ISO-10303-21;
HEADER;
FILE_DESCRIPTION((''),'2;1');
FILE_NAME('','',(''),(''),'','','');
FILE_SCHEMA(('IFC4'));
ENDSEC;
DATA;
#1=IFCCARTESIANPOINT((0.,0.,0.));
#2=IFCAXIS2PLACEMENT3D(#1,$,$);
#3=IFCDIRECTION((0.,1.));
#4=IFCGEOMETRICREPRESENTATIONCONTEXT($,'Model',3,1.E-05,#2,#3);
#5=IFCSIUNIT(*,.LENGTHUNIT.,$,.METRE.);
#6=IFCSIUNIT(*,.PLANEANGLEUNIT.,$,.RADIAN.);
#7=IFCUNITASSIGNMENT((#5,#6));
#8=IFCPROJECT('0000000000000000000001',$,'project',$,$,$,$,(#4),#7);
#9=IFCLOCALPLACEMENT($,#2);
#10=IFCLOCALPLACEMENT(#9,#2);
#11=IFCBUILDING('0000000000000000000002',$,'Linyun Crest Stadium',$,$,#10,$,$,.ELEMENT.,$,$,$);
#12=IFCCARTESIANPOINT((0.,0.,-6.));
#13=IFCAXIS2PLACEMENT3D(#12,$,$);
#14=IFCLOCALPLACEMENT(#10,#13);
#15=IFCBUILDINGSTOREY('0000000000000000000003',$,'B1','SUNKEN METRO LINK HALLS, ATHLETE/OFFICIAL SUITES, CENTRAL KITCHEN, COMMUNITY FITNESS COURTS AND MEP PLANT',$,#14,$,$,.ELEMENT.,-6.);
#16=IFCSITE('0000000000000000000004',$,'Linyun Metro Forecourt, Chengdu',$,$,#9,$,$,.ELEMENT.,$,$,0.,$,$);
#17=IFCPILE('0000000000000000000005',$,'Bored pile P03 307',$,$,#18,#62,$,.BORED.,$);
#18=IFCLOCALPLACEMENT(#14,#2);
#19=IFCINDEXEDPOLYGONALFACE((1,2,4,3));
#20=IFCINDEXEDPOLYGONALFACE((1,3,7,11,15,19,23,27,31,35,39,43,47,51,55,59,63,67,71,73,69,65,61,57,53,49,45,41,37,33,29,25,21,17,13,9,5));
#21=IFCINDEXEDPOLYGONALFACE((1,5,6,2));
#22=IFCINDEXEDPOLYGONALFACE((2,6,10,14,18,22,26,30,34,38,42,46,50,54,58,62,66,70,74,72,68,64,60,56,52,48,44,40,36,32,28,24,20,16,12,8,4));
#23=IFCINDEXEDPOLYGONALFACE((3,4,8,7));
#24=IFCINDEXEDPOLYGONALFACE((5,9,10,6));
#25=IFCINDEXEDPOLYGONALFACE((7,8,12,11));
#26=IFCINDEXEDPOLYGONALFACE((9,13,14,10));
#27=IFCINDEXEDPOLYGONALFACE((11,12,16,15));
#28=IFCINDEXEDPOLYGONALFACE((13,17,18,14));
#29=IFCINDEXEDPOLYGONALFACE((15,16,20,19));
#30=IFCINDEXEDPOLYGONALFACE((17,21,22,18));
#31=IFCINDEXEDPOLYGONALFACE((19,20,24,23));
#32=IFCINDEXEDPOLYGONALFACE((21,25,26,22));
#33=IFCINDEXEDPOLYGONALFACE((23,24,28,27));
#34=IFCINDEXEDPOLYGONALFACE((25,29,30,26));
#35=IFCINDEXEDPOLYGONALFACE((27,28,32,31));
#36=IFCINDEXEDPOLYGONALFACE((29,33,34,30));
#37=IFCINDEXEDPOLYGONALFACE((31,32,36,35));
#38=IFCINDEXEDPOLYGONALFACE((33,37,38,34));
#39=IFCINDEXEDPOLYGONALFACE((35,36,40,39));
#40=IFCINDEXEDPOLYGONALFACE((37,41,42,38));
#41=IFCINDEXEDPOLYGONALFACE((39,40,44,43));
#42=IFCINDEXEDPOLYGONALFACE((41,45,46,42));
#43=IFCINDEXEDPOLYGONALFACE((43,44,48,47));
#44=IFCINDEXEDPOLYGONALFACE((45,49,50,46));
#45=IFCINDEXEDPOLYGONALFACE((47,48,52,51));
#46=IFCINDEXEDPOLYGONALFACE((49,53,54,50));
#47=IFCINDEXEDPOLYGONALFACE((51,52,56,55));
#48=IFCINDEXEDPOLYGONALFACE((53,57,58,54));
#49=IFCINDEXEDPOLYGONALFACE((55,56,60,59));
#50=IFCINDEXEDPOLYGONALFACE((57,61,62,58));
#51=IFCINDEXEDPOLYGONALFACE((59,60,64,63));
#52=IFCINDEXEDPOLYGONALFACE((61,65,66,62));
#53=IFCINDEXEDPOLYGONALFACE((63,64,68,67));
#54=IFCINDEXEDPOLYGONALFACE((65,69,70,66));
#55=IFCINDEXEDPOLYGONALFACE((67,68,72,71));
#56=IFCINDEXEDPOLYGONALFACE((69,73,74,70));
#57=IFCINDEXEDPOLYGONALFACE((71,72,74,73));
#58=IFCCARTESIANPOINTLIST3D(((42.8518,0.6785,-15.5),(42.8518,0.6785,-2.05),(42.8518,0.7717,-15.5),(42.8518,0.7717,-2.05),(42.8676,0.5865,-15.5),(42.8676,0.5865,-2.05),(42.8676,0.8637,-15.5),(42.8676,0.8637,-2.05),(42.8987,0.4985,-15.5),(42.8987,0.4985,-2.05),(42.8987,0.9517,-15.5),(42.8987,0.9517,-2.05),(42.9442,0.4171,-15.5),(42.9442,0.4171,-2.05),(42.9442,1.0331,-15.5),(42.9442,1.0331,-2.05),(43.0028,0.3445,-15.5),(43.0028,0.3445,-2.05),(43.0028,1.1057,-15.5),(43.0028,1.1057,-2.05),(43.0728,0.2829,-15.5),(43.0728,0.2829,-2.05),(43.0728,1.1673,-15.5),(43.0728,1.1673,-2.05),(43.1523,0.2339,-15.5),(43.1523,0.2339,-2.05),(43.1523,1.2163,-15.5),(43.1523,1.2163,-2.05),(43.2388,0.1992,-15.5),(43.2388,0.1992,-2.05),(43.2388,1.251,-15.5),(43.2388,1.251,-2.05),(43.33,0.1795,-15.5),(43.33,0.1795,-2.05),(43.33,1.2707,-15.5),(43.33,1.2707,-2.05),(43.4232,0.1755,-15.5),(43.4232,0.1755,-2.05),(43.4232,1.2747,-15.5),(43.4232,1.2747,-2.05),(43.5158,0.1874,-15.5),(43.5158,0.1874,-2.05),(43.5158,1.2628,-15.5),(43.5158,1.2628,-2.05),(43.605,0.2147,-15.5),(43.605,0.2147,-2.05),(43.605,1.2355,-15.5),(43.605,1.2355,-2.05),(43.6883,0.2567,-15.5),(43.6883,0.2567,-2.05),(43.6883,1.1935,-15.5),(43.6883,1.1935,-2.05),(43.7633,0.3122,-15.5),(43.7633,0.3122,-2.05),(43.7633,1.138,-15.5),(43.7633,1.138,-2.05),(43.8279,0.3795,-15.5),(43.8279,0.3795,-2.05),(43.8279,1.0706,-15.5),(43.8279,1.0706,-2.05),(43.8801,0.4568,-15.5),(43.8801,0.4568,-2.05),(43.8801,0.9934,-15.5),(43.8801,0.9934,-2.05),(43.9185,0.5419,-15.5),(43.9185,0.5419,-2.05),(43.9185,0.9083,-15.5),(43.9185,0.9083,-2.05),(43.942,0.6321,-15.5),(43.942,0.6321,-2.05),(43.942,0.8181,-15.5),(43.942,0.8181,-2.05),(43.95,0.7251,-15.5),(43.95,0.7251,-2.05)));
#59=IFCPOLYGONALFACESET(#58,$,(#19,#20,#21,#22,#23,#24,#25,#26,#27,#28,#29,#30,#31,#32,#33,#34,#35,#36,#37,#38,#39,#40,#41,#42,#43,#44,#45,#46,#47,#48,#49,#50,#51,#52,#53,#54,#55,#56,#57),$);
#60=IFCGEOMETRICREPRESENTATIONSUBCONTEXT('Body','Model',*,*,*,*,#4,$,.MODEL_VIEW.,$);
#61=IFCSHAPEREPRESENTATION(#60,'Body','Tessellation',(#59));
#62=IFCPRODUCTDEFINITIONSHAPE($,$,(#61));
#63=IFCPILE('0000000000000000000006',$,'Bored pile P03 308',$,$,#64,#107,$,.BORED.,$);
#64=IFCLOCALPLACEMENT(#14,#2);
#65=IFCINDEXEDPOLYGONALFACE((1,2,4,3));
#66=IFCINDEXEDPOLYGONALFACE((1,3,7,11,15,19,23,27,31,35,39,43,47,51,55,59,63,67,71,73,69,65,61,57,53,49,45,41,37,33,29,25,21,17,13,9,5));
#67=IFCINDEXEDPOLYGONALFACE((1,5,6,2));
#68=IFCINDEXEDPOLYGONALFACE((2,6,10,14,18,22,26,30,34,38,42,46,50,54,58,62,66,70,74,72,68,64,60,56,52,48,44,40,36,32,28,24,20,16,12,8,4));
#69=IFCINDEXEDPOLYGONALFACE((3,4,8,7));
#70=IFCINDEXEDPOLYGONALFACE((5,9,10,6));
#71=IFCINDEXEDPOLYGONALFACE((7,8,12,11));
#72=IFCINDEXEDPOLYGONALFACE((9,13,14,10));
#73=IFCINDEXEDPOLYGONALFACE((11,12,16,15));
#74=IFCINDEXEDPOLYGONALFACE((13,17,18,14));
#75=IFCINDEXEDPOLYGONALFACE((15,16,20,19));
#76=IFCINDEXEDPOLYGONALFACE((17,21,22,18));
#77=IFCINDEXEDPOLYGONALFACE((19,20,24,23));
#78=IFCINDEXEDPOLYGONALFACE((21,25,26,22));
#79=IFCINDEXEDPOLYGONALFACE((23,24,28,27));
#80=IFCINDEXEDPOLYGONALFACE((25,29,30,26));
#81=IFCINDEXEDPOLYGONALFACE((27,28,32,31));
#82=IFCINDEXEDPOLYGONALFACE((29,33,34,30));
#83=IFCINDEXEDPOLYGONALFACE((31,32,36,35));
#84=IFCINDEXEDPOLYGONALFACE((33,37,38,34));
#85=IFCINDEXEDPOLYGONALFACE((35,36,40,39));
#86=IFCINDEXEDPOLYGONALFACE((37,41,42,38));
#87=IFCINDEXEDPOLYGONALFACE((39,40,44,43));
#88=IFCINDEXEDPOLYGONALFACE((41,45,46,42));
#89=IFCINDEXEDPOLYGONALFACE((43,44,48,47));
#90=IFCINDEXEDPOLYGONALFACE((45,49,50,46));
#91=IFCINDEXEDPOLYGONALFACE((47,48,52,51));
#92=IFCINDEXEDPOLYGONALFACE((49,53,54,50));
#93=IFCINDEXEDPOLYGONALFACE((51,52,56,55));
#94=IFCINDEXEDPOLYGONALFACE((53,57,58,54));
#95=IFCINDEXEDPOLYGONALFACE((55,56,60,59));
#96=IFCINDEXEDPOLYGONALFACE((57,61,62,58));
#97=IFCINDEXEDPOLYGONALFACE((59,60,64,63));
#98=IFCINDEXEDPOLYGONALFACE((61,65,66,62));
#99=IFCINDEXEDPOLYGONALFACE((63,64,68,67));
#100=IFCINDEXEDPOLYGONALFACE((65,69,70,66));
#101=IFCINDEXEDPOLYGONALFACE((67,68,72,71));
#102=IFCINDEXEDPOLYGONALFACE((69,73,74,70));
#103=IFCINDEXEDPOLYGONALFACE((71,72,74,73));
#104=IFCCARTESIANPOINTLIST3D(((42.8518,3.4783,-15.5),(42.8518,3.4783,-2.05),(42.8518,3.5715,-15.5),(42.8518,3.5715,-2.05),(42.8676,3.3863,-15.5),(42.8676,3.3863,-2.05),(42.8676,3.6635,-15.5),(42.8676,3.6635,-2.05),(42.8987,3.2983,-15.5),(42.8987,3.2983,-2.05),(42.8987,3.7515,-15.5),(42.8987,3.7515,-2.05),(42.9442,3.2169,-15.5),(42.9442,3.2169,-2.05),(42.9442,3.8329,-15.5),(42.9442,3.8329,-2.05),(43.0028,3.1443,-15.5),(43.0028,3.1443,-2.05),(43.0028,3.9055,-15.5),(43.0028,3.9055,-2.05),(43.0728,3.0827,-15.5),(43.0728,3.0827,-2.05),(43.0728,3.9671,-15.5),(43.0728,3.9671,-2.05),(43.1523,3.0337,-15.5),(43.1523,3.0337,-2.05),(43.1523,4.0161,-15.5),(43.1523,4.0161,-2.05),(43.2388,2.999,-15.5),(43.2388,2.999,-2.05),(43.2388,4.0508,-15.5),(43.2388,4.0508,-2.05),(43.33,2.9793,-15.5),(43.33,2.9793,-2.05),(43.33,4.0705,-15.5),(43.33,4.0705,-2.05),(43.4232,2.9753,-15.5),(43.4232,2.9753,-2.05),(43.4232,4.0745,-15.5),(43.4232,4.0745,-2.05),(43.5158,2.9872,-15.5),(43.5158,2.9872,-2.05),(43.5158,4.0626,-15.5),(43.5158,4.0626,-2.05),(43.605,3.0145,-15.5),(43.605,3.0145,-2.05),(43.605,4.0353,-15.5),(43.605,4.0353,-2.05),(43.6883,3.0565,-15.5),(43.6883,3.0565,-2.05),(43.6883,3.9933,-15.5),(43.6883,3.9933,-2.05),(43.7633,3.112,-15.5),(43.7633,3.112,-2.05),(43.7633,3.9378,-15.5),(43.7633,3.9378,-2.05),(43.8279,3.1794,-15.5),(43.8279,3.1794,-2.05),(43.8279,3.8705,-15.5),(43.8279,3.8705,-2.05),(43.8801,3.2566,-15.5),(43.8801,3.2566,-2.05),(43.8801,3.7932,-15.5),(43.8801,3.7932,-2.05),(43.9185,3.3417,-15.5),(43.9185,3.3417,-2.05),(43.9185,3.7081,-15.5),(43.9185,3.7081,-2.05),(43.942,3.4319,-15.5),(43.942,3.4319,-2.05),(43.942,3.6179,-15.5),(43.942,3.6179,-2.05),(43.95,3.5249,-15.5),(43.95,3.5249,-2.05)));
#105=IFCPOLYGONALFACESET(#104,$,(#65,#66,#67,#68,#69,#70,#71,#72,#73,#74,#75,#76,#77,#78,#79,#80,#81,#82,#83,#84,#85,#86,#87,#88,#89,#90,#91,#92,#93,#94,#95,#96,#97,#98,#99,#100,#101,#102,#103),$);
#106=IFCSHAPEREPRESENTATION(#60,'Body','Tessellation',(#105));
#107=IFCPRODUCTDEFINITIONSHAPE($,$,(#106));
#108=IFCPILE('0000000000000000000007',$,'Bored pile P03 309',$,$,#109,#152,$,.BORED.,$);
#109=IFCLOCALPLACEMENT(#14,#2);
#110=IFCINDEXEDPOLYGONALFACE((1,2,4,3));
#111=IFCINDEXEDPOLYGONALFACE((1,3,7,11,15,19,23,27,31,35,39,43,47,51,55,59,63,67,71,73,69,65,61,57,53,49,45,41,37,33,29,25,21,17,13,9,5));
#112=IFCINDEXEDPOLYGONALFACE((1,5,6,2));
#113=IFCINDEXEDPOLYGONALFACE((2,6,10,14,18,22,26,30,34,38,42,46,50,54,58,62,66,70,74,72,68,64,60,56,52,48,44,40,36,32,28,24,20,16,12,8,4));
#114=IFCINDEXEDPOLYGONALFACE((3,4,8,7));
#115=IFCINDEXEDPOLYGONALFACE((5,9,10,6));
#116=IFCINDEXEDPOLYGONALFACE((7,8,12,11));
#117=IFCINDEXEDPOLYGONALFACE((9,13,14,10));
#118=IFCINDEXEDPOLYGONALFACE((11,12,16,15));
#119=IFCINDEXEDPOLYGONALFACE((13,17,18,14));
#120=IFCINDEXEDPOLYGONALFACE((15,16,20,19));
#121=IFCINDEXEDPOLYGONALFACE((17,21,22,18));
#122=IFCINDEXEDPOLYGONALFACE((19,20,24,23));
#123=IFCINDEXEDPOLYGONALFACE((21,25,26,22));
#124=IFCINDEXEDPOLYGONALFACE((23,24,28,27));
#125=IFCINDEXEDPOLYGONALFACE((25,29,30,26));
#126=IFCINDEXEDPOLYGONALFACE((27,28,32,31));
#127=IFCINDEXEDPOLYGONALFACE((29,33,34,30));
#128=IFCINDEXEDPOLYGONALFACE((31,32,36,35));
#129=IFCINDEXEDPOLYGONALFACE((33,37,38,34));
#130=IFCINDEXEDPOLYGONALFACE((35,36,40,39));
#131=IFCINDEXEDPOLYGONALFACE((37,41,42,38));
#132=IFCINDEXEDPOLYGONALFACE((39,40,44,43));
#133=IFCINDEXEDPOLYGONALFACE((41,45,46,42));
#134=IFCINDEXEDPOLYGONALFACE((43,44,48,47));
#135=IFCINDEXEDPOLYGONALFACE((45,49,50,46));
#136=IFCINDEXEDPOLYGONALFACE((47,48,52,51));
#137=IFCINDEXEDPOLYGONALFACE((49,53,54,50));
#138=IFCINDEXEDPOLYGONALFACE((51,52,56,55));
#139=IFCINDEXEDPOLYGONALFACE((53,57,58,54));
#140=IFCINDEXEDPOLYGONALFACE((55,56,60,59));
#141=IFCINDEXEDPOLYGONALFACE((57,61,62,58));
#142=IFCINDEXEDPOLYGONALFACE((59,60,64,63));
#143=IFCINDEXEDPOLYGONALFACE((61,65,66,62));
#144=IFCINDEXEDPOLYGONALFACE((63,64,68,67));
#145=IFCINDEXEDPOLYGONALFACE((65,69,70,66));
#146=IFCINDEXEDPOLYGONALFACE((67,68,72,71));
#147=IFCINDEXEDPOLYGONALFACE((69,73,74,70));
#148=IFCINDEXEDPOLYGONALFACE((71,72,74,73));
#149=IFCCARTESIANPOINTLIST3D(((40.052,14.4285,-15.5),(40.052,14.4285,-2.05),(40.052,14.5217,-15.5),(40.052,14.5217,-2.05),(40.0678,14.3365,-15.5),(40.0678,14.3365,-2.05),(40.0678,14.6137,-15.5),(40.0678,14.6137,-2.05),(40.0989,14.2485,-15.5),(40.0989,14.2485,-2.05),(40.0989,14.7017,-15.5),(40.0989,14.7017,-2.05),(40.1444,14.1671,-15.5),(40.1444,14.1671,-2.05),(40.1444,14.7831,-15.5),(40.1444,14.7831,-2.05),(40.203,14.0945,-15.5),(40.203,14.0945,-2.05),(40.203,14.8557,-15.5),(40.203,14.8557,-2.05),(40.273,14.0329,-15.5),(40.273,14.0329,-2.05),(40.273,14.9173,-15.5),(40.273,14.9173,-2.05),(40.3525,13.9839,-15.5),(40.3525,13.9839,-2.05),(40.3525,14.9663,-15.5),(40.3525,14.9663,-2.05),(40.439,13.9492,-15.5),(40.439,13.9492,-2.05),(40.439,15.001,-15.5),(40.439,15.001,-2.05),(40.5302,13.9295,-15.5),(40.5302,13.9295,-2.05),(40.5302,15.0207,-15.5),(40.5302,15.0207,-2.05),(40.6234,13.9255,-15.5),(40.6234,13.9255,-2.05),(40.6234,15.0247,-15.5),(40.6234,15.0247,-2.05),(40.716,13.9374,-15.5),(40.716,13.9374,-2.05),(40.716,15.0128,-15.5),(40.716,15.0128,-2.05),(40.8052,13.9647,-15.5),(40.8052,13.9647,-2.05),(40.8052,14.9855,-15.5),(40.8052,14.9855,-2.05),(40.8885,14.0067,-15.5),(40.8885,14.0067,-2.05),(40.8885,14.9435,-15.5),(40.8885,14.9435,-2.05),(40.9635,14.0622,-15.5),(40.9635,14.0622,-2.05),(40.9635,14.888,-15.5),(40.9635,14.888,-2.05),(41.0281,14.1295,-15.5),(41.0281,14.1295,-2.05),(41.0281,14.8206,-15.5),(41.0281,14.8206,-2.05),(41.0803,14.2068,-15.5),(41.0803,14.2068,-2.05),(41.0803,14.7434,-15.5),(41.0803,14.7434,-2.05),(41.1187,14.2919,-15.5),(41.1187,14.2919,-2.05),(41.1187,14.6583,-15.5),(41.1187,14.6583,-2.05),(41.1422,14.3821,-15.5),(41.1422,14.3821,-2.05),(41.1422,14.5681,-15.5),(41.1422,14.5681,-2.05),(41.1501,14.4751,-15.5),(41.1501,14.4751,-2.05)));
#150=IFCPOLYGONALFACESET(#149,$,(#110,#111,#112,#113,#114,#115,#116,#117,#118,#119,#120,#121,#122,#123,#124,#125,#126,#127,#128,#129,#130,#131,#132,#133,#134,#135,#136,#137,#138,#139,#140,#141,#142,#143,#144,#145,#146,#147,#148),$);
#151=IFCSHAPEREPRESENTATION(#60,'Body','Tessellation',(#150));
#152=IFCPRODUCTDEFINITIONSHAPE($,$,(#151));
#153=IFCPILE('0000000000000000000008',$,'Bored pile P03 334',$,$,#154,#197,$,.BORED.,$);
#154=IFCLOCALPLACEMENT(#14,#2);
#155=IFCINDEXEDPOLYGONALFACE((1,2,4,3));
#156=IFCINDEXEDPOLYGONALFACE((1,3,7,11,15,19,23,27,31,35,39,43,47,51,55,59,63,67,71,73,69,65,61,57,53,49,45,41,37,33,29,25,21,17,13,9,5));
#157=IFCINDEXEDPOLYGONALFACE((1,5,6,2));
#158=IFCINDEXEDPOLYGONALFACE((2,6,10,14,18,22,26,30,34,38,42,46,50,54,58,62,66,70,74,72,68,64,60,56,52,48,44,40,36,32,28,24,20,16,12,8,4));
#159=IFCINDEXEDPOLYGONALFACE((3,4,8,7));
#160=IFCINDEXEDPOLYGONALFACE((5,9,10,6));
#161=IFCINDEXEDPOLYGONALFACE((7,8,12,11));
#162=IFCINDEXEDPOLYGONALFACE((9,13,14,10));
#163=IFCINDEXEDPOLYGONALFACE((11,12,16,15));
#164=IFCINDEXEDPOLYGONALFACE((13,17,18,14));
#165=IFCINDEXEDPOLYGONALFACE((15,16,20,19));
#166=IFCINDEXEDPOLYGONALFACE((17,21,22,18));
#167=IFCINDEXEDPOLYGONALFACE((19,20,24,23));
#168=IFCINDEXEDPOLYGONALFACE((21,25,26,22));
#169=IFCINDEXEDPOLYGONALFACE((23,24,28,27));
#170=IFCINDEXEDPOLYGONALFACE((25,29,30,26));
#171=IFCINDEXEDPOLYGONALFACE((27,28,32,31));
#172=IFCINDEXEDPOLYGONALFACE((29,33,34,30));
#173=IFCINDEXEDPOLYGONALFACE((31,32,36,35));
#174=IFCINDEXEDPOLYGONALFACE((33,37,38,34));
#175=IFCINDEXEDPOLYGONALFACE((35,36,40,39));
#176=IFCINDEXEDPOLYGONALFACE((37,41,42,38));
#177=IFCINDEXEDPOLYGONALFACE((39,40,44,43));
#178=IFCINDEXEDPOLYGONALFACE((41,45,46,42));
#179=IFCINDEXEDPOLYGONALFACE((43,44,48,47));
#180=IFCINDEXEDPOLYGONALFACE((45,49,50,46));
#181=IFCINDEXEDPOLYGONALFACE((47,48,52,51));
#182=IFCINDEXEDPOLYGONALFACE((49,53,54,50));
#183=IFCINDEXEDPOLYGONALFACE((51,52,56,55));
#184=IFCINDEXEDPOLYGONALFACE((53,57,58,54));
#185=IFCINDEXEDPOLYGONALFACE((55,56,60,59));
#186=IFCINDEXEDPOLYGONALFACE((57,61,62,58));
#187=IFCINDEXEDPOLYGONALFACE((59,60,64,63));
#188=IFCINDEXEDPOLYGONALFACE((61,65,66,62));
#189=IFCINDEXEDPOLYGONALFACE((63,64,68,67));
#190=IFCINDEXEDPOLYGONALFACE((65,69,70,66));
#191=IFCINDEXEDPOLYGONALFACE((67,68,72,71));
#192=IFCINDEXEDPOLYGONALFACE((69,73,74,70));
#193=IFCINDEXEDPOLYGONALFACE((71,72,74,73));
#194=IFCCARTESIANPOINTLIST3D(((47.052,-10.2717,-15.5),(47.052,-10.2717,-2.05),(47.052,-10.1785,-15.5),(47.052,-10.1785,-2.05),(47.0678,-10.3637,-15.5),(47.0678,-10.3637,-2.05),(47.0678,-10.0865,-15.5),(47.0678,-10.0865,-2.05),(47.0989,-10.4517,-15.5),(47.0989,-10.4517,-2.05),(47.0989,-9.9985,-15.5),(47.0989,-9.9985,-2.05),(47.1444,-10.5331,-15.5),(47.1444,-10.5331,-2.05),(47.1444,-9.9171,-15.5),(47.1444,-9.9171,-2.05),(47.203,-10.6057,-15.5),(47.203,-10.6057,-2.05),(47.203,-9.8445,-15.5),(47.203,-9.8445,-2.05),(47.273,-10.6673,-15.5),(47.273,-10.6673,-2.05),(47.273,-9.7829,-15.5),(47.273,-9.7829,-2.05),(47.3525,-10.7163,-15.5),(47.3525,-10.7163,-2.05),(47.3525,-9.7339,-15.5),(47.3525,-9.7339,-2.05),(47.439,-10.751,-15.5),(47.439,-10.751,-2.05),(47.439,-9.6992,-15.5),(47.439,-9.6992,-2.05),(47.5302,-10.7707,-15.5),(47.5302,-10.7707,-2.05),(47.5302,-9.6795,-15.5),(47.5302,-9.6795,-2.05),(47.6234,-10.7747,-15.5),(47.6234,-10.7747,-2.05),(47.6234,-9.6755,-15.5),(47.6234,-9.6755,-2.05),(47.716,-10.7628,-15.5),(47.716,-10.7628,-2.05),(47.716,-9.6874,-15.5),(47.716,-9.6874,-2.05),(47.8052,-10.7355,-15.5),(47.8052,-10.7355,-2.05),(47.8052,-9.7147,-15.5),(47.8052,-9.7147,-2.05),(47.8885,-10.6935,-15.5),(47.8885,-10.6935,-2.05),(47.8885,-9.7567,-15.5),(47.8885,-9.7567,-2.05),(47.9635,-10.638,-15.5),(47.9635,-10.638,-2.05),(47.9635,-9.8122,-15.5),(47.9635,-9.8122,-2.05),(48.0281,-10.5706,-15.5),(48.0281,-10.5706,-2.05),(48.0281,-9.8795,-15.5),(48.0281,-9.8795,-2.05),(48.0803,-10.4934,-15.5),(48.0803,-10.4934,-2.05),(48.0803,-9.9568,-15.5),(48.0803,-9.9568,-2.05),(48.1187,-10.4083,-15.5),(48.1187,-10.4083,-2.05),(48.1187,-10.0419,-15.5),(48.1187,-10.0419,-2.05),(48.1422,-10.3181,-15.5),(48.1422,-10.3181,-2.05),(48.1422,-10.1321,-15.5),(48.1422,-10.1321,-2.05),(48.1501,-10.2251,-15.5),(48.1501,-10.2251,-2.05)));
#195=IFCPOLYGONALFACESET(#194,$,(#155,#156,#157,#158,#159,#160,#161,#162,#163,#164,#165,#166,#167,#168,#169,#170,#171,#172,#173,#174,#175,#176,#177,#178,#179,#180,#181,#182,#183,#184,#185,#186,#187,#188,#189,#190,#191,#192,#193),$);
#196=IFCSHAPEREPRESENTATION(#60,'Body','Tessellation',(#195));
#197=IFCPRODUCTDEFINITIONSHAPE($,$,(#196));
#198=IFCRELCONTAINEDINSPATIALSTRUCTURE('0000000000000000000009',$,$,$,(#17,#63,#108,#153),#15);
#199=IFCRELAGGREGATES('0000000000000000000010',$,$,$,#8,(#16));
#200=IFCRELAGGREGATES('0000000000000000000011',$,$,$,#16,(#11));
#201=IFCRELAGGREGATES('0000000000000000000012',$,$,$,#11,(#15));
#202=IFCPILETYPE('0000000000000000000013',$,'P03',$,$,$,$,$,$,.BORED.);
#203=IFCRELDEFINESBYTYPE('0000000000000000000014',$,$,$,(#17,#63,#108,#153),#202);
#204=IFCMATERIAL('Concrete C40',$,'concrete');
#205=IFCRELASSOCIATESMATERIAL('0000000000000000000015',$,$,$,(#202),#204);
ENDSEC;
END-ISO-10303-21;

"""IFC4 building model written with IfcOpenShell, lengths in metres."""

from ifc_helpers import new_model, si_unit, direction, frame, origin, origin_2d, place, context, subcontext, project, spatial, circle, extrude, material, material_profile, profile_set, type_object, element, save


model = new_model("IFC4")

# Units and contexts
model_context = context("Model", 3, precision=1e-05, world=origin(), true_north=direction((0.0, 1.0)))
body_context = subcontext(model_context, "Body", "Model", "MODEL_VIEW")
ifc_project = project(units=[si_unit("LENGTHUNIT", "METRE"), si_unit("PLANEANGLEUNIT", "RADIAN")], contexts=[model_context])

# Site, building, storey
site_placement = place(None, origin())
site = spatial("IfcSite", under=ifc_project, at=site_placement, Name="Linyun Metro Forecourt, Chengdu", CompositionType="ELEMENT", RefElevation=0.0)
building_placement = place(site_placement, origin())
building = spatial("IfcBuilding", under=site, at=building_placement, Name="Linyun Crest Stadium", CompositionType="ELEMENT")
storey_placement = place(building_placement, frame((0.0, 0.0, -6.0)))
storey = spatial("IfcBuildingStorey", under=building, at=storey_placement, Name="B1", Description="SUNKEN METRO LINK HALLS, ATHLETE/OFFICIAL SUITES, CENTRAL KITCHEN, COMMUNITY FITNESS COURTS AND MEP PLANT", CompositionType="ELEMENT", Elevation=-6.0)

# Piles
ifc_material_1 = material(Name="Concrete C40", Category="concrete")
ifc_material_profile_1 = material_profile(ifc_material_1, circle(Radius=0.55, at=origin_2d()), Name="BORED PILE 1100")
ifc_profile_set_1 = profile_set([ifc_material_profile_1], Name="Concrete C40")
pile_type = type_object("IfcPileType", Name="P03", PredefinedType="BORED", material=ifc_profile_set_1)
for number, where, z_axis, x_axis, name in (
    (1, (43.3999, 0.7251, -2.05), (0.0, 0.0, -1.0), (1.0, 0.0, 0.0), "Bored pile P03 307"),
    (2, (43.3999, 3.5249, -2.05), (0.0, 0.0, -1.0), (1.0, 0.0, 0.0), "Bored pile P03 308"),
    (3, (40.6001, 14.4751, -2.05), (0.0, 0.0, -1.0), (1.0, 0.0, 0.0), "Bored pile P03 309"),
    (4, (47.6001, -10.2251, -2.05), (0.0, 0.0, -1.0), (1.0, 0.0, 0.0), "Bored pile P03 334"),
):
    element("IfcPile", number, at=place(storey_placement, frame(where, z_axis=z_axis, x_axis=x_axis)), inside=storey, type_object=pile_type, Name=name, PredefinedType="BORED", context=body_context, shape_type="SweptSolid", body=[
        extrude(circle(Radius=0.55, at=origin_2d()), origin(), (0.0, 0.0, 1.0), 13.45),
    ])

save(model, "model.ifc")
